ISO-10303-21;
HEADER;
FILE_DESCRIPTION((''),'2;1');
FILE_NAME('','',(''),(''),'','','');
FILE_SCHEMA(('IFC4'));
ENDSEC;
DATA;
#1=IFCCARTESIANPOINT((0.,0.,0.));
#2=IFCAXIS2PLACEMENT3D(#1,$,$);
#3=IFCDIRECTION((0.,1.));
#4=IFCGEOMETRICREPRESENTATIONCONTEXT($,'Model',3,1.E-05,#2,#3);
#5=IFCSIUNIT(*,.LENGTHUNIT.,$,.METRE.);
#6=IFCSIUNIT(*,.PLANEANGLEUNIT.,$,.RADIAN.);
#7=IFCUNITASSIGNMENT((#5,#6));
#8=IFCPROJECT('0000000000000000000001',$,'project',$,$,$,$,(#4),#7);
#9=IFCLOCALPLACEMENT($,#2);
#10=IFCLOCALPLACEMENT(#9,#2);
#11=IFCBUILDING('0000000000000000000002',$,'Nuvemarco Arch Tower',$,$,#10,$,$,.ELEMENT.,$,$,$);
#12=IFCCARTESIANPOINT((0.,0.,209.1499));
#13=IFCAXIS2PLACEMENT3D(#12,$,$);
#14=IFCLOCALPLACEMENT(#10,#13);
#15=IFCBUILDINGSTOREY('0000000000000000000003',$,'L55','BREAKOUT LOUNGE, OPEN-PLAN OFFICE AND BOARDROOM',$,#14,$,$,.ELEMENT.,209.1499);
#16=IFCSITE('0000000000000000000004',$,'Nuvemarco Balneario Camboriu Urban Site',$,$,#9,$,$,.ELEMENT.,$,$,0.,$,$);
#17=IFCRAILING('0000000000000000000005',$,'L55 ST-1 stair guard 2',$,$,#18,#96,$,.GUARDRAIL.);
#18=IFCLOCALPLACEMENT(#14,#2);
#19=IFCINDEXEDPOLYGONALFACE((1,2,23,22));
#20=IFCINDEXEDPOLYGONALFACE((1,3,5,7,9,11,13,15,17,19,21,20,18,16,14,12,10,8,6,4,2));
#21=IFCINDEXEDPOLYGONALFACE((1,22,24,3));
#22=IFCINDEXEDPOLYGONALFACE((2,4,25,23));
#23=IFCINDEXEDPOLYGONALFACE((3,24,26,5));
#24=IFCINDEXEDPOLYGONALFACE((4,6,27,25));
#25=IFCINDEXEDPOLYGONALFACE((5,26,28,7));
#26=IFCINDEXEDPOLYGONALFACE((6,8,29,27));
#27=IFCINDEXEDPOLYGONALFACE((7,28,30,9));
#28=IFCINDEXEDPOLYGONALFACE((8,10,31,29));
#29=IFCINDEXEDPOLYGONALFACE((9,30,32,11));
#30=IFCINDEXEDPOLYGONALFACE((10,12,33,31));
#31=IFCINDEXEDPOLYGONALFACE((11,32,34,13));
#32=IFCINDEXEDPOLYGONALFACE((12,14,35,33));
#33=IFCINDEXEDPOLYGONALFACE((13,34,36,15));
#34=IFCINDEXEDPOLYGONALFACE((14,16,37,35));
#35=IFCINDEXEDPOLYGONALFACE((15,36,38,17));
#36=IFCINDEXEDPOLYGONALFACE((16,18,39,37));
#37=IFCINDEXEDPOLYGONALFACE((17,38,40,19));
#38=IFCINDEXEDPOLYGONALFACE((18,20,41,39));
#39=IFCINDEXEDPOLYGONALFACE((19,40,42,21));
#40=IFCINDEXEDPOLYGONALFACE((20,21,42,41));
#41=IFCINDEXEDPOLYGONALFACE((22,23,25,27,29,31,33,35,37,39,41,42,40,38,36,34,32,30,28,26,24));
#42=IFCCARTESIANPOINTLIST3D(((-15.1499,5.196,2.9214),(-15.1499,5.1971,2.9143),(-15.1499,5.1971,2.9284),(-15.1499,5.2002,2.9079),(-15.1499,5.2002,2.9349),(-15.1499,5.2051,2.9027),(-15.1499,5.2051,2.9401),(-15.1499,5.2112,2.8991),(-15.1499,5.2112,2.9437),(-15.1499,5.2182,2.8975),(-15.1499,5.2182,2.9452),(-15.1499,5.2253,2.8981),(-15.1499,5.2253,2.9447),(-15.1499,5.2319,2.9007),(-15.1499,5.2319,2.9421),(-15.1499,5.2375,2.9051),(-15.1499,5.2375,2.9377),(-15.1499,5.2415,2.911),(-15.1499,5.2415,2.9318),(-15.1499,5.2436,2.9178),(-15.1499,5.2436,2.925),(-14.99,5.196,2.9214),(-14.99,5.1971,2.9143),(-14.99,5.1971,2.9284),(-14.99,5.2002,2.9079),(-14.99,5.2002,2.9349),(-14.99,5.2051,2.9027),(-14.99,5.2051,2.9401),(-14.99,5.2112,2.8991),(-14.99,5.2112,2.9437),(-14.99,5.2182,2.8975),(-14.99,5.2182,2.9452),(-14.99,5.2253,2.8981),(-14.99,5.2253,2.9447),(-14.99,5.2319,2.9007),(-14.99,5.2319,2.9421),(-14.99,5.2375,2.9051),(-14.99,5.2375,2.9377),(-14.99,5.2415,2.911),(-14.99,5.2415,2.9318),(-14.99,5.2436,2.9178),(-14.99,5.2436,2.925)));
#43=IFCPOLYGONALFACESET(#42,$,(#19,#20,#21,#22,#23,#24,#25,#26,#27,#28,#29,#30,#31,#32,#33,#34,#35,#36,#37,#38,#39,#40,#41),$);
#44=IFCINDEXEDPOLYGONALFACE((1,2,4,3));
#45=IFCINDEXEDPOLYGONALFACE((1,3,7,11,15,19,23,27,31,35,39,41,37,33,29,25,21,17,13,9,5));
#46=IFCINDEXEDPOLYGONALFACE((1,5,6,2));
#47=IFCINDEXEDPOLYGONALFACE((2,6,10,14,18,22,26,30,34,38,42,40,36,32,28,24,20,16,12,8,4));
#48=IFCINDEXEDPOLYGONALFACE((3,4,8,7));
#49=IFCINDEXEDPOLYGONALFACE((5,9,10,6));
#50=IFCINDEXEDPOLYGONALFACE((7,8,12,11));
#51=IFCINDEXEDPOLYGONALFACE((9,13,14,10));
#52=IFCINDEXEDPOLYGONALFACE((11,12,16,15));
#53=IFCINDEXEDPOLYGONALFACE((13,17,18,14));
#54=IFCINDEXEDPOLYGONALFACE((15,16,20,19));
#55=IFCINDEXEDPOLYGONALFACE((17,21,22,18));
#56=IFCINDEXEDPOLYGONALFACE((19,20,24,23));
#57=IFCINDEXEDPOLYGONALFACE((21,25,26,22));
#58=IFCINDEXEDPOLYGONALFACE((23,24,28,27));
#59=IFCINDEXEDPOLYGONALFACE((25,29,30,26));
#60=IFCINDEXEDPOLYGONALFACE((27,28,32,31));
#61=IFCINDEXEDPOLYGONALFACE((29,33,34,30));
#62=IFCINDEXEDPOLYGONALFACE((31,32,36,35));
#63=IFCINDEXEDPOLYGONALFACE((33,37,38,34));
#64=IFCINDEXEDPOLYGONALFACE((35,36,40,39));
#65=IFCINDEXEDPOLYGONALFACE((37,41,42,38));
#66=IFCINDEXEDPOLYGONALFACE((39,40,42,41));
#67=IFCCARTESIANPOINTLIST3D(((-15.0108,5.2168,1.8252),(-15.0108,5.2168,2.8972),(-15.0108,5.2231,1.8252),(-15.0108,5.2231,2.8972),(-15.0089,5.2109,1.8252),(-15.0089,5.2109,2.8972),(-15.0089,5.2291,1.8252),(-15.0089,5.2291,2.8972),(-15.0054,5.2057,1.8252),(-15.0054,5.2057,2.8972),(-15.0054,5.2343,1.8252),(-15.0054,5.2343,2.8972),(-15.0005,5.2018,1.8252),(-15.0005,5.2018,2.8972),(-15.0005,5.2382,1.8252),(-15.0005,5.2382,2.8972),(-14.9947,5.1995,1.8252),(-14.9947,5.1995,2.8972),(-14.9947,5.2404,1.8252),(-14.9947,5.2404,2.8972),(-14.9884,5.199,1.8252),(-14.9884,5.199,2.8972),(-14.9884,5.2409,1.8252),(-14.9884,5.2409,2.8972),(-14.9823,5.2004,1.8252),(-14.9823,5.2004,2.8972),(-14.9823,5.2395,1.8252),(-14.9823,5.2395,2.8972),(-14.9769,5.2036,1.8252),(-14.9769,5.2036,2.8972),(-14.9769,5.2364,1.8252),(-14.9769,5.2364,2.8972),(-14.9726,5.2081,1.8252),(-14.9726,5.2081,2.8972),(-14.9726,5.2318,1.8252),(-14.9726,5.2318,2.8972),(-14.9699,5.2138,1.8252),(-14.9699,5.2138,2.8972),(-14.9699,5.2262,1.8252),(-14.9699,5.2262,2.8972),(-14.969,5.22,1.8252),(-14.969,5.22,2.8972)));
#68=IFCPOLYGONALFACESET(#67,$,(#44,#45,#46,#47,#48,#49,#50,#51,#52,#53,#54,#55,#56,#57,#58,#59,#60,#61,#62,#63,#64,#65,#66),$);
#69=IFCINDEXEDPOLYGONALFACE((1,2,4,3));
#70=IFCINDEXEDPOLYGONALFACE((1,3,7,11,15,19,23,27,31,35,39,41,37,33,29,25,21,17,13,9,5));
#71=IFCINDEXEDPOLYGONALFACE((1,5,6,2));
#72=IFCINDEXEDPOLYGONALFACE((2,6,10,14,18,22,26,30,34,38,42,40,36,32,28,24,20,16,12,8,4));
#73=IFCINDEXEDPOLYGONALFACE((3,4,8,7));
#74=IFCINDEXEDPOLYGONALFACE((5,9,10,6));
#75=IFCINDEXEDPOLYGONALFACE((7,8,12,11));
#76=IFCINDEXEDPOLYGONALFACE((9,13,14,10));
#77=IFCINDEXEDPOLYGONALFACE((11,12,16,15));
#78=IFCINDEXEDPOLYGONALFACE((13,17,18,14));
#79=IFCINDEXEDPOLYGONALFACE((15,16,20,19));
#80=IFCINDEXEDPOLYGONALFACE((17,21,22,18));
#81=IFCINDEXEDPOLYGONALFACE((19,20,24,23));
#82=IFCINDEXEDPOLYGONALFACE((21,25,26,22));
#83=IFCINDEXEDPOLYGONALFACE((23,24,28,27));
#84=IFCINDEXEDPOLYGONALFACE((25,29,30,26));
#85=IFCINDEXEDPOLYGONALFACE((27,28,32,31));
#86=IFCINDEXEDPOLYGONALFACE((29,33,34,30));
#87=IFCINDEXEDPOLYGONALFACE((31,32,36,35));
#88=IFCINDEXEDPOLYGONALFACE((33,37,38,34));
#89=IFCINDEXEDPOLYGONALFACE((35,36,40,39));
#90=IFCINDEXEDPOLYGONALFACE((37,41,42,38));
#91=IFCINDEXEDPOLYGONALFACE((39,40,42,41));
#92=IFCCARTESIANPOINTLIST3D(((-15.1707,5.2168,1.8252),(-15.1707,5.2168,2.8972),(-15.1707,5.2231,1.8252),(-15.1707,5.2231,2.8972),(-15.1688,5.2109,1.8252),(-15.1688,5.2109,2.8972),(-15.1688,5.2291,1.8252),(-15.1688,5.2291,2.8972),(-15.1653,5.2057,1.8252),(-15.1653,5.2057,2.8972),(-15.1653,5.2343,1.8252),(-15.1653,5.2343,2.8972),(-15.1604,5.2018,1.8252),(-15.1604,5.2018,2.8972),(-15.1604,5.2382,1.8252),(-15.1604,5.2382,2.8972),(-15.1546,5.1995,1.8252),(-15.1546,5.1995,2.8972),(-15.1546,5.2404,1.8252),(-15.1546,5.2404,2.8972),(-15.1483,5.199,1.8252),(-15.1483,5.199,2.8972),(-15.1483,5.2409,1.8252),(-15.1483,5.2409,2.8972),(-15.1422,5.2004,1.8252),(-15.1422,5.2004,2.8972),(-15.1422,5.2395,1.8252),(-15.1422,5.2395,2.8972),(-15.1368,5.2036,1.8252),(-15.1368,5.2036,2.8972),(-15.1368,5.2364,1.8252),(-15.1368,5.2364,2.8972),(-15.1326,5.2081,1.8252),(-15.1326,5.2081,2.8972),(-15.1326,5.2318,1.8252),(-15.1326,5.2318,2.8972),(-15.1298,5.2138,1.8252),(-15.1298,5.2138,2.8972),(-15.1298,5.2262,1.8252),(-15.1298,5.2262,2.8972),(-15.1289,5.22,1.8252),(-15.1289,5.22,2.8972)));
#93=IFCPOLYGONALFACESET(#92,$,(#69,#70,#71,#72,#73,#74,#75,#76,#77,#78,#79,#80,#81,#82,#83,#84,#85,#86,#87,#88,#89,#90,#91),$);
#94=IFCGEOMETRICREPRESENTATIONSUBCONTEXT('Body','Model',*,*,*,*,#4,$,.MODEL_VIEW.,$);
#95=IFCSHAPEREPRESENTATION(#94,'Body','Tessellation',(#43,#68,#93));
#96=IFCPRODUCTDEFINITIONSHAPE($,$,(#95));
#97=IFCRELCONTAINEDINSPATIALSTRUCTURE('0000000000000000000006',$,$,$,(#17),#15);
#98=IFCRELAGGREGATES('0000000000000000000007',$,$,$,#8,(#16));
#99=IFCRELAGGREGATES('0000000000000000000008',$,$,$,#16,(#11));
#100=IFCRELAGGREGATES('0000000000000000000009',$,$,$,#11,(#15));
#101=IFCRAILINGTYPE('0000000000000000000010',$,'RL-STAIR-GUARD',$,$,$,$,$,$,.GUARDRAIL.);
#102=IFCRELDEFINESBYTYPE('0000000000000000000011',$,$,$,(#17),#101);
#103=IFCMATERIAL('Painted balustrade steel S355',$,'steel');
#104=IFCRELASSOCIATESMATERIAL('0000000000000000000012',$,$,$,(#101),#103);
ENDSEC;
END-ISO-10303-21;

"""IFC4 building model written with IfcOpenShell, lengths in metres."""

from ifc_helpers import new_model, si_unit, direction, frame, origin, origin_2d, place, context, subcontext, project, spatial, circle, extrude, material, type_object, element, save


model = new_model("IFC4")

# Units and contexts
model_context = context("Model", 3, precision=1e-05, world=origin(), true_north=direction((0.0, 1.0)))
body_context = subcontext(model_context, "Body", "Model", "MODEL_VIEW")
ifc_project = project(units=[si_unit("LENGTHUNIT", "METRE"), si_unit("PLANEANGLEUNIT", "RADIAN")], contexts=[model_context])

# Site, building, storey
site_placement = place(None, origin())
site = spatial("IfcSite", under=ifc_project, at=site_placement, Name="Nuvemarco Balneario Camboriu Urban Site", CompositionType="ELEMENT", RefElevation=0.0)
building_placement = place(site_placement, origin())
building = spatial("IfcBuilding", under=site, at=building_placement, Name="Nuvemarco Arch Tower", CompositionType="ELEMENT")
storey_placement = place(building_placement, frame((0.0, 0.0, 209.1499)))
storey = spatial("IfcBuildingStorey", under=building, at=storey_placement, Name="L55", Description="BREAKOUT LOUNGE, OPEN-PLAN OFFICE AND BOARDROOM", CompositionType="ELEMENT", Elevation=209.1499)

# Railing
ifc_material_1 = material(Name="Painted balustrade steel S355", Category="steel")
railing_type_1 = type_object("IfcRailingType", Name="RL-STAIR-GUARD", PredefinedType="GUARDRAIL", material=ifc_material_1)
railing_1_placement = place(storey_placement, frame((-14.99, 5.22, 1.8252)))
element("IfcRailing", 1, at=railing_1_placement, inside=storey, type_object=railing_type_1, Name="L55 ST-1 stair guard 2", PredefinedType="GUARDRAIL", context=body_context, shape_type="SweptSolid", body=[
    extrude(circle(Radius=0.0239, at=origin_2d()), frame((0.0, 0.0, 1.0962), z_axis=(-1.0, 0.0, 0.0), x_axis=(0.0, -1.0, 0.0)), (0.0, 0.0, 1.0), 0.1599),
    extrude(circle(Radius=0.021, at=origin_2d()), origin(), (0.0, 0.0, 1.0), 1.072),
    extrude(circle(Radius=0.021, at=origin_2d()), frame((-0.1599, 0.0, 0.0)), (0.0, 0.0, 1.0), 1.072),
])

save(model, "model.ifc")
